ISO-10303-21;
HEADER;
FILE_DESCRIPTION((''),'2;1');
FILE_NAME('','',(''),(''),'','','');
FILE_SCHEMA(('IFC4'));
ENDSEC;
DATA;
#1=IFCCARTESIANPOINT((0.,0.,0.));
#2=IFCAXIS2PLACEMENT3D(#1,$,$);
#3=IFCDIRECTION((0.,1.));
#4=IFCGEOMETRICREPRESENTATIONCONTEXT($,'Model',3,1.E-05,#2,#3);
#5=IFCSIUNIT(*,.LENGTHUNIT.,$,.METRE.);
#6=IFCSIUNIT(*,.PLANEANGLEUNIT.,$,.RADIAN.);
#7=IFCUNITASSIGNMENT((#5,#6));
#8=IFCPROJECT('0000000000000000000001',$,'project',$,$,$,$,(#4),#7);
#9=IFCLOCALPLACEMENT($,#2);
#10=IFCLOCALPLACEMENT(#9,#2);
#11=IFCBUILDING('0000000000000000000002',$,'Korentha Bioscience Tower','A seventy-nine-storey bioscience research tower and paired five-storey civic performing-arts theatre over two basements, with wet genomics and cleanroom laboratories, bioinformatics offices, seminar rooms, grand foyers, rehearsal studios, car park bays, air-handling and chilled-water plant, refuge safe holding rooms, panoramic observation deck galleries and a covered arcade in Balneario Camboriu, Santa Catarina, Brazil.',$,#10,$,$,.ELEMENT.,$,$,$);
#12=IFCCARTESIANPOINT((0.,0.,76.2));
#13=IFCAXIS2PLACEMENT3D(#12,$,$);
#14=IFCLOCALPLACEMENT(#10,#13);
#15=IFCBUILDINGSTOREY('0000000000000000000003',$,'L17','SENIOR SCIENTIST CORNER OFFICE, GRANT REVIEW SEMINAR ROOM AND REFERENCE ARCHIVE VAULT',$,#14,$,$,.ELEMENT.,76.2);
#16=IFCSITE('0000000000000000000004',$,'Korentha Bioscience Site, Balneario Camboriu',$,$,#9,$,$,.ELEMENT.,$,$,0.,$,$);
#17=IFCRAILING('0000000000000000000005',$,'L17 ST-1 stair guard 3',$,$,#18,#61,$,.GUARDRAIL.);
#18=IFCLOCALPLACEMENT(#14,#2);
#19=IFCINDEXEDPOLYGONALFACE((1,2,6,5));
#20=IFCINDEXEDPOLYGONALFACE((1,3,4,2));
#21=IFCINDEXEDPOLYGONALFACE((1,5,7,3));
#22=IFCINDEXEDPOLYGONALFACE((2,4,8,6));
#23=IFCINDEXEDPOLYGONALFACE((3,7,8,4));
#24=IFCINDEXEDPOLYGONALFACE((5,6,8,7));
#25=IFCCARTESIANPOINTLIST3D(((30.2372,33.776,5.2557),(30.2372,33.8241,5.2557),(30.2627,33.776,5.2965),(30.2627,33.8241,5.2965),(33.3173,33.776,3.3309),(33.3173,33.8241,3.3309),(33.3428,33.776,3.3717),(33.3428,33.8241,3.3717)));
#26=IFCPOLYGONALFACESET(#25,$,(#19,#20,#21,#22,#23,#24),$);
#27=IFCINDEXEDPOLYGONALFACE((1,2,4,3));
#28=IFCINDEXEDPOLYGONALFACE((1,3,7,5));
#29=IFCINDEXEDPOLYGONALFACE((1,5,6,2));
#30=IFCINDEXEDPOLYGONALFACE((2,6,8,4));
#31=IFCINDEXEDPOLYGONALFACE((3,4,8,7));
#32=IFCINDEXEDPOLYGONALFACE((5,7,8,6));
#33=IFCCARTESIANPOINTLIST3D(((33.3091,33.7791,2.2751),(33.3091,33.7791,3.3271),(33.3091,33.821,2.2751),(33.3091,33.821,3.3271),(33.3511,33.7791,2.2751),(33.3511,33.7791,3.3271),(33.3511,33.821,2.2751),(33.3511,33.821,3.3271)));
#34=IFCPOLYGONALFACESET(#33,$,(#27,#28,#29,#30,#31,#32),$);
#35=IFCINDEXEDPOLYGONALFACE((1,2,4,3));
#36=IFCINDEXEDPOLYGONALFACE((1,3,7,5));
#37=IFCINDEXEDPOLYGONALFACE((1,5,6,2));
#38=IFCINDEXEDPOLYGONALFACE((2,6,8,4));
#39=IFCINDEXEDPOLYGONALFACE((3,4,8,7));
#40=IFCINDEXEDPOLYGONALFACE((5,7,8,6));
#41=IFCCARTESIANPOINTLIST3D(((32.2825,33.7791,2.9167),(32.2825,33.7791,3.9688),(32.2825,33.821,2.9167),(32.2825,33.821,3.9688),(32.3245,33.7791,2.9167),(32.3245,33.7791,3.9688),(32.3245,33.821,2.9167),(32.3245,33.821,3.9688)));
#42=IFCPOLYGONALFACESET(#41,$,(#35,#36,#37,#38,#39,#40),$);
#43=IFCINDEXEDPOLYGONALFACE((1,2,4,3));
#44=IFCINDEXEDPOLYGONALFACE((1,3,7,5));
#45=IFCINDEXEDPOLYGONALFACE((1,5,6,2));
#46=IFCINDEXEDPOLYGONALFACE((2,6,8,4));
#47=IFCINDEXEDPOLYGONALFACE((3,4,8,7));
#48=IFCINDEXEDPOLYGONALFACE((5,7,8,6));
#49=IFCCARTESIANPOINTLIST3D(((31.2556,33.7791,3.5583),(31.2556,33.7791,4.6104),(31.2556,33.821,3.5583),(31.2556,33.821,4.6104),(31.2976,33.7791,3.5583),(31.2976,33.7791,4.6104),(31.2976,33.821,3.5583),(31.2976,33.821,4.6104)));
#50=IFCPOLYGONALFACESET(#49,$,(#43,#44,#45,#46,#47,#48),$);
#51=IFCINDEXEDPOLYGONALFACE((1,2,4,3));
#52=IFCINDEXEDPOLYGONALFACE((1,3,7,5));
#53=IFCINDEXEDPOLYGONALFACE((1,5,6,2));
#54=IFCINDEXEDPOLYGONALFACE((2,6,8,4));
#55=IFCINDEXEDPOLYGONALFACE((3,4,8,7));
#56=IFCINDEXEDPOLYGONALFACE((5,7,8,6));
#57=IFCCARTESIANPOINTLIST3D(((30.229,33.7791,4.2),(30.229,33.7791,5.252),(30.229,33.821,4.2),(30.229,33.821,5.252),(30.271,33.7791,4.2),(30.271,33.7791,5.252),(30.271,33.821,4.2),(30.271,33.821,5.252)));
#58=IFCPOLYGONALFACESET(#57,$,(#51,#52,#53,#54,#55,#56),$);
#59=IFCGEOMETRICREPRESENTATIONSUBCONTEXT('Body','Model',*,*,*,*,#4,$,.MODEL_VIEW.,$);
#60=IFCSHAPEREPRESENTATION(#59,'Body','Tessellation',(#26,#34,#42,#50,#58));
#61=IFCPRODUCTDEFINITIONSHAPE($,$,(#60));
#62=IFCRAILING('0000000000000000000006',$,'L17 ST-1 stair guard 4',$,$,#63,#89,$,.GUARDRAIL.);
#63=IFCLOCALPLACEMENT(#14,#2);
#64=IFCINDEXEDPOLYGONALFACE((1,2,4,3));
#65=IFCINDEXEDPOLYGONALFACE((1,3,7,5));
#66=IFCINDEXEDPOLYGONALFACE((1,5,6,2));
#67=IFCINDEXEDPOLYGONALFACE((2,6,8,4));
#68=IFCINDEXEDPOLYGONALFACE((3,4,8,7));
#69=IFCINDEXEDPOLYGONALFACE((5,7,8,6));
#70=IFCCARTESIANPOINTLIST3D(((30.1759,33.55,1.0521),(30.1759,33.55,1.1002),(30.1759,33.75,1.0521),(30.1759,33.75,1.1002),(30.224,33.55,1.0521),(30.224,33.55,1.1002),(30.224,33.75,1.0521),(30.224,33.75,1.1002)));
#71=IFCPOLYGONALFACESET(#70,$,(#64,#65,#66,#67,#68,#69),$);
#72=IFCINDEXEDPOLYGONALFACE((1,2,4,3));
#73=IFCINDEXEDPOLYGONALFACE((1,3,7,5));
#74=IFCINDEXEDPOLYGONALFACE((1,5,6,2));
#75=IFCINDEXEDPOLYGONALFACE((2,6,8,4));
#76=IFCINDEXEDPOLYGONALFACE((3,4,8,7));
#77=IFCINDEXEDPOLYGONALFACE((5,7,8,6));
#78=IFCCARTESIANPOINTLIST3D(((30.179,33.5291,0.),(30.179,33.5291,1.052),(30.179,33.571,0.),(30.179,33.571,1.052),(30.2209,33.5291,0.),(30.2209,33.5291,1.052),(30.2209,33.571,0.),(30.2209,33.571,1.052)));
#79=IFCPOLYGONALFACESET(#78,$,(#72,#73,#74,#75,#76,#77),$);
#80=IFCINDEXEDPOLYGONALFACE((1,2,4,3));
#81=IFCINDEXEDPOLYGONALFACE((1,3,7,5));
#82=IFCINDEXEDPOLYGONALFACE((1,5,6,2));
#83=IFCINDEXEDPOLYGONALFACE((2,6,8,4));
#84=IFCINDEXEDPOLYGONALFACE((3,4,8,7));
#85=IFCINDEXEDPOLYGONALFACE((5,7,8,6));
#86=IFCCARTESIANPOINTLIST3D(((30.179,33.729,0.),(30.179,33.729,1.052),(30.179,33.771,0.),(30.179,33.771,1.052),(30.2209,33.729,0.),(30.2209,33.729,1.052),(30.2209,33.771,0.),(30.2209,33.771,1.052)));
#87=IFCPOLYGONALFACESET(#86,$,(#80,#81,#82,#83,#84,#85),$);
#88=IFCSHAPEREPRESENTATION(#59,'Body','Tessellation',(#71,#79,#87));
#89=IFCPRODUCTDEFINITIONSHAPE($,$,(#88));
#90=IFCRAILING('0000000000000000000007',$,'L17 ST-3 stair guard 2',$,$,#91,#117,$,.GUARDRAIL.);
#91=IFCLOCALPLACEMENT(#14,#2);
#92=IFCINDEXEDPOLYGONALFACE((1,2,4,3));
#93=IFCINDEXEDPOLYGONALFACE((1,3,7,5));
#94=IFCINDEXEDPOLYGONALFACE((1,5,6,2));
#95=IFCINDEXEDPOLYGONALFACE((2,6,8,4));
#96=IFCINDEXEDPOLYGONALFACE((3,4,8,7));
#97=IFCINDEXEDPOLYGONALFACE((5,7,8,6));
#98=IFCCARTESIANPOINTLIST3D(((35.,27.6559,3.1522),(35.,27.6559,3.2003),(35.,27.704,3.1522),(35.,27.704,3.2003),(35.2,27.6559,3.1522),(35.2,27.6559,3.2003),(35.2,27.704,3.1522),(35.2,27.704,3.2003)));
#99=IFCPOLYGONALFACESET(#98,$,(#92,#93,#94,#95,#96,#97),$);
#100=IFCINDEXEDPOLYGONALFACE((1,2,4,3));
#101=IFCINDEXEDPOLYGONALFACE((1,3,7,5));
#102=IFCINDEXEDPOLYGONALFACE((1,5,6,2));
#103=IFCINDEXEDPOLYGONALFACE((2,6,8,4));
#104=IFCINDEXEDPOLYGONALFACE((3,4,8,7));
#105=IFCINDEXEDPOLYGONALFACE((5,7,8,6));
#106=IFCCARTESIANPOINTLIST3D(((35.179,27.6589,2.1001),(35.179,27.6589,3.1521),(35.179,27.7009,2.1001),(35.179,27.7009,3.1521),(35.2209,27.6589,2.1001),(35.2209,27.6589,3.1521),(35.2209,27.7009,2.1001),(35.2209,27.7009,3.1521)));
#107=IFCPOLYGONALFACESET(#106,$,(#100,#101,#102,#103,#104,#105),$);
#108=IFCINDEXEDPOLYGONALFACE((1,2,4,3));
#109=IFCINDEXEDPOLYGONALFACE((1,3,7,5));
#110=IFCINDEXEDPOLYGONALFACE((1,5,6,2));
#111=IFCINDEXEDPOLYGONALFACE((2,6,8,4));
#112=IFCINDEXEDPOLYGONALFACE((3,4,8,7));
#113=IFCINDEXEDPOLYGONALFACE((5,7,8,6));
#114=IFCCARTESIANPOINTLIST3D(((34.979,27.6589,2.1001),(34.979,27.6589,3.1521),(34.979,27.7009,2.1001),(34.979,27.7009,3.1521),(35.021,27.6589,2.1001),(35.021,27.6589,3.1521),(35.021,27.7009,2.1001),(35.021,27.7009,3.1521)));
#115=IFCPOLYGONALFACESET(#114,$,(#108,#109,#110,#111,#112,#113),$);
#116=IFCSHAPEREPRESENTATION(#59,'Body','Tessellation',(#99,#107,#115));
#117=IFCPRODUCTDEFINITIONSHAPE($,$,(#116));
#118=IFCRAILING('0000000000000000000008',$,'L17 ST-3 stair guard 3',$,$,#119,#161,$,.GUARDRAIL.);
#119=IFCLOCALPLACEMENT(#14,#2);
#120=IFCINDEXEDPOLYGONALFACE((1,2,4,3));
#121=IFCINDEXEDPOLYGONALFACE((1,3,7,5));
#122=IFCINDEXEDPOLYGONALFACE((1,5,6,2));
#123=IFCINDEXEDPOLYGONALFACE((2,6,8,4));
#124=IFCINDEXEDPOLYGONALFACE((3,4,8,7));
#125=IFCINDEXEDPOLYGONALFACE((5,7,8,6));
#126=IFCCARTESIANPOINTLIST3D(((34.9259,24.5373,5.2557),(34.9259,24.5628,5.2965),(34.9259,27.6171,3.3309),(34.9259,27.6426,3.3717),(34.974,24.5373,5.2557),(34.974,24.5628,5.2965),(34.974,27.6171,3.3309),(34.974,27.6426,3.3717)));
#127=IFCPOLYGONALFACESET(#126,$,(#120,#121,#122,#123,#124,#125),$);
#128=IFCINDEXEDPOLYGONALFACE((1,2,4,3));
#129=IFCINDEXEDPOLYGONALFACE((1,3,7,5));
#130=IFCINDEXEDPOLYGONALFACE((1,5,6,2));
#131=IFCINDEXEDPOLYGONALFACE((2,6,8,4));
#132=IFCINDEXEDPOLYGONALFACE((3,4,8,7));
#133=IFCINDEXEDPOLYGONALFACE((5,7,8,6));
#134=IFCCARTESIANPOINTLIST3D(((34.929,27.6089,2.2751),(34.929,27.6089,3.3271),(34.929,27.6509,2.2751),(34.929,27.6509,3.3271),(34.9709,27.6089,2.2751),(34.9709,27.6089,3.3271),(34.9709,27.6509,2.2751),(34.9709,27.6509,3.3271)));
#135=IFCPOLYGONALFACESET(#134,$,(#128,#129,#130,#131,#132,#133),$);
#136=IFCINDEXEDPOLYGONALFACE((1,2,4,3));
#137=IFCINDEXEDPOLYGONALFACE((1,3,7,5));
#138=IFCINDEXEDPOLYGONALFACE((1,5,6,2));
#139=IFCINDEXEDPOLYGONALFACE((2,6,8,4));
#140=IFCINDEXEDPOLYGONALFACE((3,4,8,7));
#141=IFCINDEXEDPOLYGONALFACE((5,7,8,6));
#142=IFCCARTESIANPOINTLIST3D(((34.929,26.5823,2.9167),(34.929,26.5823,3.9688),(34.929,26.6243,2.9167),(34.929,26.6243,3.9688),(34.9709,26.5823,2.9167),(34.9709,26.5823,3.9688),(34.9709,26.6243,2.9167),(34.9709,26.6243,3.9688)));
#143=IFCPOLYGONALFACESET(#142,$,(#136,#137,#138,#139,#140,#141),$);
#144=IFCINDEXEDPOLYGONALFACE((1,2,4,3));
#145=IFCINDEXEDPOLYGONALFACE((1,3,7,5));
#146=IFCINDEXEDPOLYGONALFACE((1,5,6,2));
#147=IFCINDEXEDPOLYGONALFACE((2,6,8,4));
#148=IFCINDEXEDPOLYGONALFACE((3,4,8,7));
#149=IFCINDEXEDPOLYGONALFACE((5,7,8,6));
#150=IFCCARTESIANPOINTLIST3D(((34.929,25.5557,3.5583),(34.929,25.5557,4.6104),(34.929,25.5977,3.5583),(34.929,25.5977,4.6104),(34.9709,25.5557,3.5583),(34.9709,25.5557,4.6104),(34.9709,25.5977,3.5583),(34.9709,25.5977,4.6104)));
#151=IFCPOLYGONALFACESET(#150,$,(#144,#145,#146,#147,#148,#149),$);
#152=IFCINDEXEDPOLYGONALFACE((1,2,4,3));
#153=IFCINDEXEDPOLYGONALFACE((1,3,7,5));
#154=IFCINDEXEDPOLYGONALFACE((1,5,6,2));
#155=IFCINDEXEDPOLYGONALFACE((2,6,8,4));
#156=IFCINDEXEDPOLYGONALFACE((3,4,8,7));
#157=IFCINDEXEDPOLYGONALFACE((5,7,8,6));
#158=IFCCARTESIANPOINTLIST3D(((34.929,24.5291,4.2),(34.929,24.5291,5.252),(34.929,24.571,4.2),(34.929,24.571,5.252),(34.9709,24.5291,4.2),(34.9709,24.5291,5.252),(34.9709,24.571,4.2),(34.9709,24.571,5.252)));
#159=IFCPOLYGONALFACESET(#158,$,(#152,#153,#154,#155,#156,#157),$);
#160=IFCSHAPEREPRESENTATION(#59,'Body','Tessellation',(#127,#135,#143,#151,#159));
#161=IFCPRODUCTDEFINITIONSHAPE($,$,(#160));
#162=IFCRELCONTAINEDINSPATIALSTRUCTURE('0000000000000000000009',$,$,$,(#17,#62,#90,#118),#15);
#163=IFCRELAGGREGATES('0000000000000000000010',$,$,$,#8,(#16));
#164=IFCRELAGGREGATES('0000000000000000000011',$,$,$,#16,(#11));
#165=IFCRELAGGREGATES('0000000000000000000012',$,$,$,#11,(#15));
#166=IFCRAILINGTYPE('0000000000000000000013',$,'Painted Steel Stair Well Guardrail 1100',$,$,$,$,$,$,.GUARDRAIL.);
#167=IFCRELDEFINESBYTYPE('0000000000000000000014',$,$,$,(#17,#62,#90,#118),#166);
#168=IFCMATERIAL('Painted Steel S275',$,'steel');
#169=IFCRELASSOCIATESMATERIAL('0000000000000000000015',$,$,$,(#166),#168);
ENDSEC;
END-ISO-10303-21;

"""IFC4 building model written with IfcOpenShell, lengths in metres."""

from ifc_helpers import new_model, si_unit, direction, frame, origin, origin_2d, place, context, subcontext, project, spatial, rectangle, extrude, material, type_object, element, save


model = new_model("IFC4")

# Units and contexts
model_context = context("Model", 3, precision=1e-05, world=origin(), true_north=direction((0.0, 1.0)))
body_context = subcontext(model_context, "Body", "Model", "MODEL_VIEW")
ifc_project = project(units=[si_unit("LENGTHUNIT", "METRE"), si_unit("PLANEANGLEUNIT", "RADIAN")], contexts=[model_context])

# Site, building, storey
site_placement = place(None, origin())
site = spatial("IfcSite", under=ifc_project, at=site_placement, Name="Korentha Bioscience Site, Balneario Camboriu", CompositionType="ELEMENT", RefElevation=0.0)
building_placement = place(site_placement, origin())
building = spatial("IfcBuilding", under=site, at=building_placement, Name="Korentha Bioscience Tower", Description="A seventy-nine-storey bioscience research tower and paired five-storey civic performing-arts theatre over two basements, with wet genomics and cleanroom laboratories, bioinformatics offices, seminar rooms, grand foyers, rehearsal studios, car park bays, air-handling and chilled-water plant, refuge safe holding rooms, panoramic observation deck galleries and a covered arcade in Balneario Camboriu, Santa Catarina, Brazil.", CompositionType="ELEMENT")
storey_placement = place(building_placement, frame((0.0, 0.0, 76.2)))
storey = spatial("IfcBuildingStorey", under=building, at=storey_placement, Name="L17", Description="SENIOR SCIENTIST CORNER OFFICE, GRANT REVIEW SEMINAR ROOM AND REFERENCE ARCHIVE VAULT", CompositionType="ELEMENT", Elevation=76.2)

# Railings
ifc_material_1 = material(Name="Painted Steel S275", Category="steel")
railing_type_1 = type_object("IfcRailingType", Name="Painted Steel Stair Well Guardrail 1100", PredefinedType="GUARDRAIL", material=ifc_material_1)
railing_1_placement = place(storey_placement, frame((33.3301, 33.8, 2.2751)))
element("IfcRailing", 1, at=railing_1_placement, inside=storey, type_object=railing_type_1, Name="L17 ST-1 stair guard 3", PredefinedType="GUARDRAIL", context=body_context, shape_type="SweptSolid", body=[
    extrude(rectangle(XDim=0.0481, YDim=0.0481, at=origin_2d()), frame((0.0, 0.0, 1.0762), z_axis=(-0.848029, 0.0, 0.529951), x_axis=(0.0, -1.0, 0.0)), (0.0, 0.0, 1.0), 3.6321),
    extrude(rectangle(XDim=0.042, YDim=0.042, at=origin_2d()), origin(), (0.0, 0.0, 1.0), 1.052),
    extrude(rectangle(XDim=0.042, YDim=0.042, at=origin_2d()), frame((-1.0266, 0.0, 0.6416)), (0.0, 0.0, 1.0), 1.052),
    extrude(rectangle(XDim=0.042, YDim=0.042, at=origin_2d()), frame((-2.0535, 0.0, 1.2832)), (0.0, 0.0, 1.0), 1.052),
    extrude(rectangle(XDim=0.042, YDim=0.042, at=origin_2d()), frame((-3.0801, 0.0, 1.9248)), (0.0, 0.0, 1.0), 1.052),
])
railing_2_placement = place(storey_placement, frame((30.2, 33.55, 0.0)))
element("IfcRailing", 2, at=railing_2_placement, inside=storey, type_object=railing_type_1, Name="L17 ST-1 stair guard 4", PredefinedType="GUARDRAIL", context=body_context, shape_type="SweptSolid", body=[
    extrude(rectangle(XDim=0.0481, YDim=0.0481, at=origin_2d()), frame((0.0, 0.0, 1.0762), z_axis=(0.0, 1.0, 0.0), x_axis=(-1.0, 0.0, 0.0)), (0.0, 0.0, 1.0), 0.2),
    extrude(rectangle(XDim=0.042, YDim=0.042, at=origin_2d()), origin(), (0.0, 0.0, 1.0), 1.052),
    extrude(rectangle(XDim=0.042, YDim=0.042, at=origin_2d()), frame((0.0, 0.2, 0.0)), (0.0, 0.0, 1.0), 1.052),
])
railing_3_placement = place(storey_placement, frame((35.2, 27.6799, 2.1001)))
element("IfcRailing", 3, at=railing_3_placement, inside=storey, type_object=railing_type_1, Name="L17 ST-3 stair guard 2", PredefinedType="GUARDRAIL", context=body_context, shape_type="SweptSolid", body=[
    extrude(rectangle(XDim=0.0481, YDim=0.0481, at=origin_2d()), frame((0.0, 0.0, 1.0762), z_axis=(-1.0, 0.0, 0.0), x_axis=(0.0, -1.0, 0.0)), (0.0, 0.0, 1.0), 0.2),
    extrude(rectangle(XDim=0.042, YDim=0.042, at=origin_2d()), origin(), (0.0, 0.0, 1.0), 1.052),
    extrude(rectangle(XDim=0.042, YDim=0.042, at=origin_2d()), frame((-0.2, 0.0, 0.0)), (0.0, 0.0, 1.0), 1.052),
])
railing_4_placement = place(storey_placement, frame((34.95, 27.6299, 2.2751)))
element("IfcRailing", 4, at=railing_4_placement, inside=storey, type_object=railing_type_1, Name="L17 ST-3 stair guard 3", PredefinedType="GUARDRAIL", context=body_context, shape_type="SweptSolid", body=[
    extrude(rectangle(XDim=0.0481, YDim=0.0481, at=origin_2d()), frame((0.0, 0.0, 1.0762), z_axis=(0.0, -0.84801, 0.529981), x_axis=(1.0, 0.0, 0.0)), (0.0, 0.0, 1.0), 3.6318),
    extrude(rectangle(XDim=0.042, YDim=0.042, at=origin_2d()), origin(), (0.0, 0.0, 1.0), 1.052),
    extrude(rectangle(XDim=0.042, YDim=0.042, at=origin_2d()), frame((0.0, -1.0266, 0.6416)), (0.0, 0.0, 1.0), 1.052),
    extrude(rectangle(XDim=0.042, YDim=0.042, at=origin_2d()), frame((0.0, -2.0532, 1.2832)), (0.0, 0.0, 1.0), 1.052),
    extrude(rectangle(XDim=0.042, YDim=0.042, at=origin_2d()), frame((0.0, -3.0798, 1.9248)), (0.0, 0.0, 1.0), 1.052),
])

save(model, "model.ifc")
